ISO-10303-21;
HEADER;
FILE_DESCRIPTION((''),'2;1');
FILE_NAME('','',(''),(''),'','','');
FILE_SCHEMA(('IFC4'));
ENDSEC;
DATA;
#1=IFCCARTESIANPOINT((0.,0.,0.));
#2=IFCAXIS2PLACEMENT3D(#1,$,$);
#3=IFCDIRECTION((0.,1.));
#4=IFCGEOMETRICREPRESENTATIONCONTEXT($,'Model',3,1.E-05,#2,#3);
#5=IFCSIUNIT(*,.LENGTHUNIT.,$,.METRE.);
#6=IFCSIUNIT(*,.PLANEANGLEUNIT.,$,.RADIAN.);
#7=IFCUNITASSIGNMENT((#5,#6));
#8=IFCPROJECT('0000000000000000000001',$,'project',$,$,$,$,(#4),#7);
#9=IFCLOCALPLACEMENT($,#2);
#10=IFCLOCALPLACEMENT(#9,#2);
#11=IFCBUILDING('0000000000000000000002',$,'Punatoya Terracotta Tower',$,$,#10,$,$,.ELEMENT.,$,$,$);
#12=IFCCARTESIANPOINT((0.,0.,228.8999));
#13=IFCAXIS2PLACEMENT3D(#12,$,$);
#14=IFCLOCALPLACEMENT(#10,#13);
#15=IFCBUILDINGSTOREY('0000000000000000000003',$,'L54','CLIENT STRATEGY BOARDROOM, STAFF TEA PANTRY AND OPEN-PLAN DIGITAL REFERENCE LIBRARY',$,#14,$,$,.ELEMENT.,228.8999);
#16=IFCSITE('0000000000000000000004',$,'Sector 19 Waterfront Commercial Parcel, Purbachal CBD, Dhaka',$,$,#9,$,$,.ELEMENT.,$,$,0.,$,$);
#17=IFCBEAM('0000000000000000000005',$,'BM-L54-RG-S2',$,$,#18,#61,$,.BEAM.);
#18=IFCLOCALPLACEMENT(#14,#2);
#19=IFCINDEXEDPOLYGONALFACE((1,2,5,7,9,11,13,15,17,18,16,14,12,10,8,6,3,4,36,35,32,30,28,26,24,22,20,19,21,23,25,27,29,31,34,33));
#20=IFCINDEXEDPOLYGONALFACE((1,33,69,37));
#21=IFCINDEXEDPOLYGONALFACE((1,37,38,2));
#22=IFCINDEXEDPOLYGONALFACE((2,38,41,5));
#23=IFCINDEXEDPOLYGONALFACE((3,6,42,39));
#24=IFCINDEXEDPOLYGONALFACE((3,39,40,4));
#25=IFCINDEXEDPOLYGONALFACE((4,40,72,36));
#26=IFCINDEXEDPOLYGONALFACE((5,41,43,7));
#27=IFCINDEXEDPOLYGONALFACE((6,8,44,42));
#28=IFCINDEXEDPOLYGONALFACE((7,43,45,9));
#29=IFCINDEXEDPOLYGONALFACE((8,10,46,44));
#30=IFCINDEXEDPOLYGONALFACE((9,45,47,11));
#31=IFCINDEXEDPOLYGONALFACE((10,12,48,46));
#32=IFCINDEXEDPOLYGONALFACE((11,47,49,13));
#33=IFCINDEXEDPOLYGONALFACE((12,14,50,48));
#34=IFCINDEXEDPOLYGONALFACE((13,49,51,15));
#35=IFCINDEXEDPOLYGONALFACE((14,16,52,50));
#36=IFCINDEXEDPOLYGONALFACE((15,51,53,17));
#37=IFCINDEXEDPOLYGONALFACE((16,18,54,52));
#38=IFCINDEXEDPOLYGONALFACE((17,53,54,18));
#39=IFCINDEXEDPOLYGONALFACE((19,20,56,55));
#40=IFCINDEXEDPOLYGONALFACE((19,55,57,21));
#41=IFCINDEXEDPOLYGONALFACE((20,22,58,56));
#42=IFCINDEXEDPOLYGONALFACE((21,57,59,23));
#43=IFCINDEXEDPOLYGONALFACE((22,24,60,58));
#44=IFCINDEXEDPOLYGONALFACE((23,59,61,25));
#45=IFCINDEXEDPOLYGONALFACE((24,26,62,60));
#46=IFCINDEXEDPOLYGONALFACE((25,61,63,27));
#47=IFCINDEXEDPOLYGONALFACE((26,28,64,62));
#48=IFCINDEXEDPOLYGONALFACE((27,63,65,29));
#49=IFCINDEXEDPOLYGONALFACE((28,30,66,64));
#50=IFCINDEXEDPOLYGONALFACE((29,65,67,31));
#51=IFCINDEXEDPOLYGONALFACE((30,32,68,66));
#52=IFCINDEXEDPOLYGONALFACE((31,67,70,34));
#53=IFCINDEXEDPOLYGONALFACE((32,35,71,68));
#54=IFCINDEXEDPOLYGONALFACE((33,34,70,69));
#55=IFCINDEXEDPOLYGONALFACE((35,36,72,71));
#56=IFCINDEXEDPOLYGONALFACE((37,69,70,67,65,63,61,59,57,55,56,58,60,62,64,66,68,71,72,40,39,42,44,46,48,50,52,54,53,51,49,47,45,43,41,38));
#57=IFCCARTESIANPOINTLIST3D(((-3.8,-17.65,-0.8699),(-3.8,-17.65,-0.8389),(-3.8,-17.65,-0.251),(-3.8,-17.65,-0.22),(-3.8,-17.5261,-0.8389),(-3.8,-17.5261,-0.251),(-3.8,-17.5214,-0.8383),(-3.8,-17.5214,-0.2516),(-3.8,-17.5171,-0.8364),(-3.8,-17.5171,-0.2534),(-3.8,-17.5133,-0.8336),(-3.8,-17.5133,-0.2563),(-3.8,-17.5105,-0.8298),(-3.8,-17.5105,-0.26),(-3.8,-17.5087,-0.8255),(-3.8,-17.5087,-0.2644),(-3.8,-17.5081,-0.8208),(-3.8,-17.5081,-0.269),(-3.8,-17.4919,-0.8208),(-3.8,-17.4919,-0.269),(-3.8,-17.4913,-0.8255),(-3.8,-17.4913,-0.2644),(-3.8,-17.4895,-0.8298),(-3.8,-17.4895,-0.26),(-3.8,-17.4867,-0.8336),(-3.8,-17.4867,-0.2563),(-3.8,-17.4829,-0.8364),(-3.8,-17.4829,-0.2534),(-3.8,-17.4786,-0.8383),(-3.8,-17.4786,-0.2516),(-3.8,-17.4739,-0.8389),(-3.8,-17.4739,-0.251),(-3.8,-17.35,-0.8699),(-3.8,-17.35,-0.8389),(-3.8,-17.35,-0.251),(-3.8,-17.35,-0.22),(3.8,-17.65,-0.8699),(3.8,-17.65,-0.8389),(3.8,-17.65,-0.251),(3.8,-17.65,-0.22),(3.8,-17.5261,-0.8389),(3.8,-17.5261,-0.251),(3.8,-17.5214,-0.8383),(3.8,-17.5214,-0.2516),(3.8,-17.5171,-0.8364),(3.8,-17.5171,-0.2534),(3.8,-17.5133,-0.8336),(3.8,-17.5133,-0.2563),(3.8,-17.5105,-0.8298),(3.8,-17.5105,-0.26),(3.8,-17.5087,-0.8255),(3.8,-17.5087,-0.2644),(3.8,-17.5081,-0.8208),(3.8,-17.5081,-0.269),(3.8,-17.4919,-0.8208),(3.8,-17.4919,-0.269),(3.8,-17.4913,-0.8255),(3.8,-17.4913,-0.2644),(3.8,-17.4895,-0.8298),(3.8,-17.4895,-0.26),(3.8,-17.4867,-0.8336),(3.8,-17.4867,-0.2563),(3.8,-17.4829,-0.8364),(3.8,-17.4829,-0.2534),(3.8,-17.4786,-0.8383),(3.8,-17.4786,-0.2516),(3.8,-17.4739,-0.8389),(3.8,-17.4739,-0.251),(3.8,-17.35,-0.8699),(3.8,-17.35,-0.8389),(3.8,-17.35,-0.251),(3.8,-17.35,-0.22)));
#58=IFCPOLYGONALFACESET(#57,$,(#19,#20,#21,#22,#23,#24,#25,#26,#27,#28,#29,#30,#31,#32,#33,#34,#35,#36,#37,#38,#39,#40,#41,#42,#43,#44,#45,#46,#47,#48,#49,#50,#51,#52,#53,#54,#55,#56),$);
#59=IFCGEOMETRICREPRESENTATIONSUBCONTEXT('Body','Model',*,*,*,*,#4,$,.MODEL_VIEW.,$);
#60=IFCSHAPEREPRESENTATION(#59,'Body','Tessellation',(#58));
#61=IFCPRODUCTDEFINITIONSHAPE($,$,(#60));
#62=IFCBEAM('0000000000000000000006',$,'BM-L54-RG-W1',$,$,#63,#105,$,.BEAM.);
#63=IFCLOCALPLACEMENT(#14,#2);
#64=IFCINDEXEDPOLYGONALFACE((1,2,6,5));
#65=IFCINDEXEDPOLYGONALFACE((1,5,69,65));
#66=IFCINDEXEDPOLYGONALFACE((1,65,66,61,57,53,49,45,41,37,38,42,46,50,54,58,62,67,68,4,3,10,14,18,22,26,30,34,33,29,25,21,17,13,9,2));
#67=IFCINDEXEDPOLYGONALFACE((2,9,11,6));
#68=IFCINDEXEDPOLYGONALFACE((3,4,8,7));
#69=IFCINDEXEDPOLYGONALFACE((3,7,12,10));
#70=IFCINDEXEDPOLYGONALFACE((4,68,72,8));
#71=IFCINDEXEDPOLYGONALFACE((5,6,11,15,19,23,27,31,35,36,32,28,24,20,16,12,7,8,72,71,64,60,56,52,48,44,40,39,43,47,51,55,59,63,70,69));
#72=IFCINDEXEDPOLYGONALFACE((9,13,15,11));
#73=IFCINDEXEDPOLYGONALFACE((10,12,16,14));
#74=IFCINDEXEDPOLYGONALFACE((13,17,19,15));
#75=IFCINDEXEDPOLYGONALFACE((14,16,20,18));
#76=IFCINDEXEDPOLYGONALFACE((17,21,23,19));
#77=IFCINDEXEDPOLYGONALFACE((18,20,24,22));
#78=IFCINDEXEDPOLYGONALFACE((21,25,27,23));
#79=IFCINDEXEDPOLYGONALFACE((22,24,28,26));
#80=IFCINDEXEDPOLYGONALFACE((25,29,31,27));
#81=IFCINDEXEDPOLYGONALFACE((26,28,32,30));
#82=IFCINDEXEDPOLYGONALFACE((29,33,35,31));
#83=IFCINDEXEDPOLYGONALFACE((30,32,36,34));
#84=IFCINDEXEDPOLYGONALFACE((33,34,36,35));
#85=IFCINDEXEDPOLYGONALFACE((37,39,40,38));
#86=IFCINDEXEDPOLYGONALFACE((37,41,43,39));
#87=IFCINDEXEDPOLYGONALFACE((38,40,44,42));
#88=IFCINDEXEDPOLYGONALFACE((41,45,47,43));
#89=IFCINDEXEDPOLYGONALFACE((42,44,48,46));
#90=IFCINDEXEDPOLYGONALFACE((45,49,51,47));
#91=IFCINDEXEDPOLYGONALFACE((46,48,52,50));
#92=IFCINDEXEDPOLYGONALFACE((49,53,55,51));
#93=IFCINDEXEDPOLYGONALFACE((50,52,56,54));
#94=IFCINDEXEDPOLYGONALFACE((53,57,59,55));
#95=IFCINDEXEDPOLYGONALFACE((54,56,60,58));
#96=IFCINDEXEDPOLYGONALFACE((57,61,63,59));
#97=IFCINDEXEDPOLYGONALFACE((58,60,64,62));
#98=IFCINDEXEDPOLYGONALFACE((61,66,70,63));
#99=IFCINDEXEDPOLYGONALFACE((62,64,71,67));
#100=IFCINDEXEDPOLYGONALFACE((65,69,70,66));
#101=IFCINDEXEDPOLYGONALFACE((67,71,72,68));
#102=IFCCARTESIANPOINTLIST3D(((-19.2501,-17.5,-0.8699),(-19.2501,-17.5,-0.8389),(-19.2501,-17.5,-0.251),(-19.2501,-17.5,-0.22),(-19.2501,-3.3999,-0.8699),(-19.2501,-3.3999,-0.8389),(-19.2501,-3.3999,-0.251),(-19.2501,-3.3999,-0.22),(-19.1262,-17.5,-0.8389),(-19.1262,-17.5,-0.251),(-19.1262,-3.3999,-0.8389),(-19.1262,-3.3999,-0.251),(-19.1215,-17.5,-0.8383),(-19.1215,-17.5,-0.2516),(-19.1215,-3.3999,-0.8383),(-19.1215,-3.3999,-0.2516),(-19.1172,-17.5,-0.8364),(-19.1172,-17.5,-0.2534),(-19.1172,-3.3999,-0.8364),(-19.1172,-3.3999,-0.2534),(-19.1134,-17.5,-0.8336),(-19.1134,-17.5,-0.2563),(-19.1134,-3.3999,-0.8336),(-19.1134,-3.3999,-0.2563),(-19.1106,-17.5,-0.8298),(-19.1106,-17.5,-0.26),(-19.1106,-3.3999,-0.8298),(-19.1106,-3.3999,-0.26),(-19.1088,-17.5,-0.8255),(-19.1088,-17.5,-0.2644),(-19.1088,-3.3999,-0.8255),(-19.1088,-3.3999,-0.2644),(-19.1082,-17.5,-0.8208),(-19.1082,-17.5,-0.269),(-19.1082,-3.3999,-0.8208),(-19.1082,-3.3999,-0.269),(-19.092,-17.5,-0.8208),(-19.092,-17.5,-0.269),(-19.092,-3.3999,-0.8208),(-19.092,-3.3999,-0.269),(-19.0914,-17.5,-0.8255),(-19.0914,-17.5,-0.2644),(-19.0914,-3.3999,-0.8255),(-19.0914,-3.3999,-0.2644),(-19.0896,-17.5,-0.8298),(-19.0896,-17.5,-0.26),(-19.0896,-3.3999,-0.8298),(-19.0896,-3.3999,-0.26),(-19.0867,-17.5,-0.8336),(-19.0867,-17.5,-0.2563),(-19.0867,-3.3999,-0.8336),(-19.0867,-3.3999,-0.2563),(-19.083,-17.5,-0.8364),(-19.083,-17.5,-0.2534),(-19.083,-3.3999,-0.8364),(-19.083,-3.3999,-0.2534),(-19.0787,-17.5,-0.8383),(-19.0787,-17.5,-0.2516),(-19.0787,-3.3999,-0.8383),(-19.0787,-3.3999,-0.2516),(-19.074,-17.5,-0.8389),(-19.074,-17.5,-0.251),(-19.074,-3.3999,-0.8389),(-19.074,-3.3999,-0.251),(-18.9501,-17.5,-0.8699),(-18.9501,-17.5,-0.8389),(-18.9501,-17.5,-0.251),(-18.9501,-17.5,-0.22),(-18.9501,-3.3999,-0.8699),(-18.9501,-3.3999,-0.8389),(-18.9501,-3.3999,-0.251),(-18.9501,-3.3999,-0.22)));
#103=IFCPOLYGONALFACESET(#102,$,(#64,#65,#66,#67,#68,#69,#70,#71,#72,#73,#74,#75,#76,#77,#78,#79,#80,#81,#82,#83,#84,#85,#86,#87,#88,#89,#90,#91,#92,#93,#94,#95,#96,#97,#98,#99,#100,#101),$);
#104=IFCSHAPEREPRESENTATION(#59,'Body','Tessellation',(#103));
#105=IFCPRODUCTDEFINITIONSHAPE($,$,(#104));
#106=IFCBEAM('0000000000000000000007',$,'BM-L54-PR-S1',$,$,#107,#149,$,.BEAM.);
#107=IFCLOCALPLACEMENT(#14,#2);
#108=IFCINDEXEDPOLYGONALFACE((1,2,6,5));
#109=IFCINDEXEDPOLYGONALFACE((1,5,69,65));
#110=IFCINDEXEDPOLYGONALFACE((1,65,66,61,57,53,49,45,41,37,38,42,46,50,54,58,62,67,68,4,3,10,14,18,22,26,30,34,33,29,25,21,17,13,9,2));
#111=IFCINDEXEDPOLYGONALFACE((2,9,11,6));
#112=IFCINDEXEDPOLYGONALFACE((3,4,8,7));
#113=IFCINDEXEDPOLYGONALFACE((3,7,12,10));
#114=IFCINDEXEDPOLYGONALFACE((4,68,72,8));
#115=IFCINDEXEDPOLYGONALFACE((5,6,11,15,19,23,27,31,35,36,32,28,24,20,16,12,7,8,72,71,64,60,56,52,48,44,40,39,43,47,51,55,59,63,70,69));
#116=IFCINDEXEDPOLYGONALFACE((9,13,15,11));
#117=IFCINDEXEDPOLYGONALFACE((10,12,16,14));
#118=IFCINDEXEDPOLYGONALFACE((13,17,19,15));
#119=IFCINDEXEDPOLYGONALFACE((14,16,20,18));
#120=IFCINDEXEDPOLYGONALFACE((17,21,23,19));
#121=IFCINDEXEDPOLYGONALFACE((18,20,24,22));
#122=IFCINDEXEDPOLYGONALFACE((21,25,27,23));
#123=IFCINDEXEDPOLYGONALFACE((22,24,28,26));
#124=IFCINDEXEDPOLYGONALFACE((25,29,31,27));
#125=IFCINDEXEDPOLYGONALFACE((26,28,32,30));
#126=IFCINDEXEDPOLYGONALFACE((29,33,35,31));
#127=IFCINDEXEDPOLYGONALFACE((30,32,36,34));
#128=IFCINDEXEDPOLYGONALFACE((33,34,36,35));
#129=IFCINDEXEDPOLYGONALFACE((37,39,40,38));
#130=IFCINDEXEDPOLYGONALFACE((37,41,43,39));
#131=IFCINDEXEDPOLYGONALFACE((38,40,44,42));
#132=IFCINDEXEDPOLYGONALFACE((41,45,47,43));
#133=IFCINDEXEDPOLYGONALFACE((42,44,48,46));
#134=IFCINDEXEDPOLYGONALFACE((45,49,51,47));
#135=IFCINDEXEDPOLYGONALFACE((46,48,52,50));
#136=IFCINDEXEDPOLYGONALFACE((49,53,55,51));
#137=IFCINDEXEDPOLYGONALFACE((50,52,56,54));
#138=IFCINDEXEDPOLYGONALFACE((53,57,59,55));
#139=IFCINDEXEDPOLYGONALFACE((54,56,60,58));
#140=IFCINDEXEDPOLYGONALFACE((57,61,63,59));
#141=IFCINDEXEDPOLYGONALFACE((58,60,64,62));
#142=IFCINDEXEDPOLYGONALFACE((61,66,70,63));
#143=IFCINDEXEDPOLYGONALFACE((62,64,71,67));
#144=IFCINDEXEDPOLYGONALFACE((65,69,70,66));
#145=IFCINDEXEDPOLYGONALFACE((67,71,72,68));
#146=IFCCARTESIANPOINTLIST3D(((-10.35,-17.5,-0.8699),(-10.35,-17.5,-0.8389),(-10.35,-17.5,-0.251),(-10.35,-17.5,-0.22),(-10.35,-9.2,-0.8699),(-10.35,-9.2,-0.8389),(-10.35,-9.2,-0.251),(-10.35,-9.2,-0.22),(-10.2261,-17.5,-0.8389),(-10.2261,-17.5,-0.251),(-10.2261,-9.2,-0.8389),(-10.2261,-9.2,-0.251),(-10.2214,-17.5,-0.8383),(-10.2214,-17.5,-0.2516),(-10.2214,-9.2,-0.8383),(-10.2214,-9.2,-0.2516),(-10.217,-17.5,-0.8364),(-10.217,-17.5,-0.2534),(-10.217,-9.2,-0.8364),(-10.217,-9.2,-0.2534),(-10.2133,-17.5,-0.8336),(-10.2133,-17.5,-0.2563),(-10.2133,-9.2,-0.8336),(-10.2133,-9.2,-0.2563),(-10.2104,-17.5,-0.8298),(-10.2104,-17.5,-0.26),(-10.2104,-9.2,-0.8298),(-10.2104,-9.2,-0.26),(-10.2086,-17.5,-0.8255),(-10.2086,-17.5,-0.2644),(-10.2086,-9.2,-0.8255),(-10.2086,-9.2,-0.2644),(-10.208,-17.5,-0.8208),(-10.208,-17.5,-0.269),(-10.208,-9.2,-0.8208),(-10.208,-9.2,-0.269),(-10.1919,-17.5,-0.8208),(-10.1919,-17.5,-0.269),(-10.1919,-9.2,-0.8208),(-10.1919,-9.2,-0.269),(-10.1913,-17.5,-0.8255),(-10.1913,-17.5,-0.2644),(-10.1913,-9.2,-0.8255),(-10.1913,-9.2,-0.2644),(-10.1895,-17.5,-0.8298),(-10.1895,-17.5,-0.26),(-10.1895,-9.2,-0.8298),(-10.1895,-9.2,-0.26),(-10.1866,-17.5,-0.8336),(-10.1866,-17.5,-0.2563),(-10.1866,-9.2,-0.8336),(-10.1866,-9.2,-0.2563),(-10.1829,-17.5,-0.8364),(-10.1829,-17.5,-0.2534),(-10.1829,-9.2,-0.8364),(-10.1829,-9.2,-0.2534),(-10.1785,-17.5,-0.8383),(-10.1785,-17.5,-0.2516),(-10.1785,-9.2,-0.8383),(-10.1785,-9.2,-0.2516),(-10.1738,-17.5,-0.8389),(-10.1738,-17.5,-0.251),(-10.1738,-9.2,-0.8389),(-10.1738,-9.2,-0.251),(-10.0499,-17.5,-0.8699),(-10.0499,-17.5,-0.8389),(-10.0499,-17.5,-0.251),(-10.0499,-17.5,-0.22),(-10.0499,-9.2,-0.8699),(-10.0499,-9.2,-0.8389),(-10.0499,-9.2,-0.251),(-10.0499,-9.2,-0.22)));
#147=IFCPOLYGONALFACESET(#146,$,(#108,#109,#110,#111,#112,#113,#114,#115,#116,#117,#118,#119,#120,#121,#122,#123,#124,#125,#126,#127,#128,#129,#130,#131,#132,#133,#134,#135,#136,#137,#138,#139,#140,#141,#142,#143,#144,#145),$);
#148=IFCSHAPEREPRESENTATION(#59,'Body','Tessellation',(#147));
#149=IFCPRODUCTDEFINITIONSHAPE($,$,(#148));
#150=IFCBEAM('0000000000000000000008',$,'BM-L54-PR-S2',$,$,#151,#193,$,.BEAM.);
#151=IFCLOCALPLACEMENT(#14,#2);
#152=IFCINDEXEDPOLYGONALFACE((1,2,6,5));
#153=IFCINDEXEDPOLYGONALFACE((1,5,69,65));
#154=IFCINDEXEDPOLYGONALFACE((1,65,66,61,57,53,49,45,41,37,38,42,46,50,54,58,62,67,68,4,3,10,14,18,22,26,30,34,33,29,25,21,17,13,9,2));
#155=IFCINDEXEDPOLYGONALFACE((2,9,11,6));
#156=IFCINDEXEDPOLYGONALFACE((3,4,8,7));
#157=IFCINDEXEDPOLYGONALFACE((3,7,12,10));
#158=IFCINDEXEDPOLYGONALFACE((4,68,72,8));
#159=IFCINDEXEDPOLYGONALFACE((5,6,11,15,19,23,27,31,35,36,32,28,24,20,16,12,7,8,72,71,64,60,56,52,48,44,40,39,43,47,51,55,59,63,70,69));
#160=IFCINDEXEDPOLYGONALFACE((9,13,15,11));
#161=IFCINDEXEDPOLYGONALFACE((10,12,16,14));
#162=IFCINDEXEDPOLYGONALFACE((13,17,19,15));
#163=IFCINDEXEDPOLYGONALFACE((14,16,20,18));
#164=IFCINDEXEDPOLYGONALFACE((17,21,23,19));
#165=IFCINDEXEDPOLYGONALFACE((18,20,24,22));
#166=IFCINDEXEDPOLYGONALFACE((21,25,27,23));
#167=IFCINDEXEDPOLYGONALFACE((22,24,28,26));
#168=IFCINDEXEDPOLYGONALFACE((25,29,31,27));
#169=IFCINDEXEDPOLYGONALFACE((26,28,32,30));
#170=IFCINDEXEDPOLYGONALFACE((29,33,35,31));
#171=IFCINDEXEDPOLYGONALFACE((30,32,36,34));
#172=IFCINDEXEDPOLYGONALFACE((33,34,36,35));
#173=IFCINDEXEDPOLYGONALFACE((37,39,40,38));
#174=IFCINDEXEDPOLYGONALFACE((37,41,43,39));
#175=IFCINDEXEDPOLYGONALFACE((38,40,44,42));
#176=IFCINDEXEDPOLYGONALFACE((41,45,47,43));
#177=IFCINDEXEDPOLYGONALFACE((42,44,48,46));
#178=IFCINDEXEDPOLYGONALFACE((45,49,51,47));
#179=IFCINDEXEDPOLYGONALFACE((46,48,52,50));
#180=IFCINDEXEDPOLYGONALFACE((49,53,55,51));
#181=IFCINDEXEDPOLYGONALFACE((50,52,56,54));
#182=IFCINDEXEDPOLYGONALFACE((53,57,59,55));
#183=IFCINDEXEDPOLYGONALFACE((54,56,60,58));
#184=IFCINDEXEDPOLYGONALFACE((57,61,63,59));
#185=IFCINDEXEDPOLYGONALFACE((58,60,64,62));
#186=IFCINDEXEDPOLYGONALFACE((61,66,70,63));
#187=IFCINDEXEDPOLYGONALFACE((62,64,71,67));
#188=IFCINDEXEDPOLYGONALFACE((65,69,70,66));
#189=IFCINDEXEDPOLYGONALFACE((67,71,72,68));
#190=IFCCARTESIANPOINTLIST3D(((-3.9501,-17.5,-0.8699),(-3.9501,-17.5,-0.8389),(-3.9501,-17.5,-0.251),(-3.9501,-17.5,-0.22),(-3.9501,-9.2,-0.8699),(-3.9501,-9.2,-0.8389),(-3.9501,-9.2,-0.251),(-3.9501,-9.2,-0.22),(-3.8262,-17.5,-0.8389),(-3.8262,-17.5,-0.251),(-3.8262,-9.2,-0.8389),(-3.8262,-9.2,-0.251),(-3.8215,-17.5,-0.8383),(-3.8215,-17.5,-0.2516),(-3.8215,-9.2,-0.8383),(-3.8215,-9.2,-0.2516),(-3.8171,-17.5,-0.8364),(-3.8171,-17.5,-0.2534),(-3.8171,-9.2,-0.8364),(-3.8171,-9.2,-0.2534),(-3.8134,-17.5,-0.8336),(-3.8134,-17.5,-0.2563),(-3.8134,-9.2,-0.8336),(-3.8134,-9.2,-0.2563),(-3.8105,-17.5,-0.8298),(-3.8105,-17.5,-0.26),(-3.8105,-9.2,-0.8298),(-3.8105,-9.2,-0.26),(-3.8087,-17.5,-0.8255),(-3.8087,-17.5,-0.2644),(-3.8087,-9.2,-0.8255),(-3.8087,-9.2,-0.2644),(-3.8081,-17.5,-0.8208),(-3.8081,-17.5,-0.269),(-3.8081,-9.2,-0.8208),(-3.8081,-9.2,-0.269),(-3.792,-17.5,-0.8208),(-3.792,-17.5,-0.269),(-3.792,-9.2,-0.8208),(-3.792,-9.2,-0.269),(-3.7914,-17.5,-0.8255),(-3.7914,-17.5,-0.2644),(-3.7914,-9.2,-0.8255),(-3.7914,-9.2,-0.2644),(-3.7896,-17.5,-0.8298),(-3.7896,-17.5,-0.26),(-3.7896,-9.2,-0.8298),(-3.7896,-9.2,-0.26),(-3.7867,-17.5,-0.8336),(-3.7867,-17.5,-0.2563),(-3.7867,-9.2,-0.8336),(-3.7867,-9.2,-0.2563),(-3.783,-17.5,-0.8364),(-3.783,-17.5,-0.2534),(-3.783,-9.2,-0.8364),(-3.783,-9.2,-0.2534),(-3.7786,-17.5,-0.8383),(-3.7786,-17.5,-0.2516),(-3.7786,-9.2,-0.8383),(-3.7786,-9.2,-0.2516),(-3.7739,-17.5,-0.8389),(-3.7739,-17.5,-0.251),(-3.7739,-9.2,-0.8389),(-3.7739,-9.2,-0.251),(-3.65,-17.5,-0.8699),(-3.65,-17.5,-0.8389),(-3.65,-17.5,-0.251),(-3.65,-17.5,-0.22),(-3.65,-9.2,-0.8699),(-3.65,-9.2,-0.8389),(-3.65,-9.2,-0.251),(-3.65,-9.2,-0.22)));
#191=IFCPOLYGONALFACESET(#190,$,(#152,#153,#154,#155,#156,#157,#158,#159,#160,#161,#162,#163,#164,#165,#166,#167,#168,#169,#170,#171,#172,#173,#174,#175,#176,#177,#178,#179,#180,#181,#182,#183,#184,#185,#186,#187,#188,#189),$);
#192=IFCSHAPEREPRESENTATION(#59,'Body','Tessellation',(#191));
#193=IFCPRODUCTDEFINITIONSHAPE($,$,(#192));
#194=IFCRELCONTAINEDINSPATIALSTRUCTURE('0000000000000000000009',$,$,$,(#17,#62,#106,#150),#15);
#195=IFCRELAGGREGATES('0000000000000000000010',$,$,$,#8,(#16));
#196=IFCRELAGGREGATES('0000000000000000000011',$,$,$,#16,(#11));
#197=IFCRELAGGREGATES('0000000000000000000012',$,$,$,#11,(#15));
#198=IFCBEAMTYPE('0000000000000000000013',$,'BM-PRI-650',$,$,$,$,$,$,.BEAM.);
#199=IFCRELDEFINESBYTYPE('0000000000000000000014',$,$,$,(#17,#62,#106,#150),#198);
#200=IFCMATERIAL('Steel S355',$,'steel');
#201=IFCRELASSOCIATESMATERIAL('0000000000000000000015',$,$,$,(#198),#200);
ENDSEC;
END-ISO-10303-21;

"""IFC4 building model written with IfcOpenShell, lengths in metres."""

from ifc_helpers import new_model, si_unit, direction, frame, origin, origin_2d, place, context, subcontext, project, spatial, i_section, extrude, material, material_profile, profile_set, type_object, element, save


model = new_model("IFC4")

# Units and contexts
model_context = context("Model", 3, precision=1e-05, world=origin(), true_north=direction((0.0, 1.0)))
body_context = subcontext(model_context, "Body", "Model", "MODEL_VIEW")
ifc_project = project(units=[si_unit("LENGTHUNIT", "METRE"), si_unit("PLANEANGLEUNIT", "RADIAN")], contexts=[model_context])

# Site, building, storey
site_placement = place(None, origin())
site = spatial("IfcSite", under=ifc_project, at=site_placement, Name="Sector 19 Waterfront Commercial Parcel, Purbachal CBD, Dhaka", CompositionType="ELEMENT", RefElevation=0.0)
building_placement = place(site_placement, origin())
building = spatial("IfcBuilding", under=site, at=building_placement, Name="Punatoya Terracotta Tower", CompositionType="ELEMENT")
storey_placement = place(building_placement, frame((0.0, 0.0, 228.8999)))
storey = spatial("IfcBuildingStorey", under=building, at=storey_placement, Name="L54", Description="CLIENT STRATEGY BOARDROOM, STAFF TEA PANTRY AND OPEN-PLAN DIGITAL REFERENCE LIBRARY", CompositionType="ELEMENT", Elevation=228.8999)

# Beams
ifc_material_1 = material(Name="Steel S355", Category="steel")
ifc_material_profile_1 = material_profile(ifc_material_1, i_section(OverallWidth=0.3, OverallDepth=0.6499, WebThickness=0.0161, FlangeThickness=0.031, FilletRadius=0.0181, at=origin_2d()))
ifc_profile_set_1 = profile_set([ifc_material_profile_1], Name="Steel S355")
beam_type_1 = type_object("IfcBeamType", Name="BM-PRI-650", PredefinedType="BEAM", material=ifc_profile_set_1)
beam_1_placement = place(storey_placement, frame((-3.8, -17.5, -0.5449), z_axis=(1.0, 0.0, 0.0), x_axis=(0.0, 1.0, 0.0)))
element("IfcBeam", 1, at=beam_1_placement, inside=storey, type_object=beam_type_1, Name="BM-L54-RG-S2", PredefinedType="BEAM", context=body_context, shape_type="SweptSolid", body=[
    extrude(i_section(OverallWidth=0.3, OverallDepth=0.6499, WebThickness=0.0161, FlangeThickness=0.031, FilletRadius=0.0181, at=origin_2d()), origin(), (0.0, 0.0, 1.0), 7.6001),
])
beam_2_placement = place(storey_placement, frame((-19.1001, -17.5, -0.5449), z_axis=(0.0, 1.0, 0.0), x_axis=(-1.0, 0.0, 0.0)))
element("IfcBeam", 2, at=beam_2_placement, inside=storey, type_object=beam_type_1, Name="BM-L54-RG-W1", PredefinedType="BEAM", context=body_context, shape_type="SweptSolid", body=[
    extrude(i_section(OverallWidth=0.3, OverallDepth=0.6499, WebThickness=0.0161, FlangeThickness=0.031, FilletRadius=0.0181, at=origin_2d()), origin(), (0.0, 0.0, 1.0), 14.1001),
])
for number, where, z_axis, x_axis, name in (
    (3, (-10.2, -17.5, -0.5449), (0.0, 1.0, 0.0), (-1.0, 0.0, 0.0), "BM-L54-PR-S1"),
    (4, (-3.8, -17.5, -0.5449), (0.0, 1.0, 0.0), (-1.0, 0.0, 0.0), "BM-L54-PR-S2"),
):
    element("IfcBeam", number, at=place(storey_placement, frame(where, z_axis=z_axis, x_axis=x_axis)), inside=storey, type_object=beam_type_1, Name=name, PredefinedType="BEAM", context=body_context, shape_type="SweptSolid", body=[
        extrude(i_section(OverallWidth=0.3, OverallDepth=0.6499, WebThickness=0.0161, FlangeThickness=0.031, FilletRadius=0.0181, at=origin_2d()), origin(), (0.0, 0.0, 1.0), 8.3),
    ])

save(model, "model.ifc")
